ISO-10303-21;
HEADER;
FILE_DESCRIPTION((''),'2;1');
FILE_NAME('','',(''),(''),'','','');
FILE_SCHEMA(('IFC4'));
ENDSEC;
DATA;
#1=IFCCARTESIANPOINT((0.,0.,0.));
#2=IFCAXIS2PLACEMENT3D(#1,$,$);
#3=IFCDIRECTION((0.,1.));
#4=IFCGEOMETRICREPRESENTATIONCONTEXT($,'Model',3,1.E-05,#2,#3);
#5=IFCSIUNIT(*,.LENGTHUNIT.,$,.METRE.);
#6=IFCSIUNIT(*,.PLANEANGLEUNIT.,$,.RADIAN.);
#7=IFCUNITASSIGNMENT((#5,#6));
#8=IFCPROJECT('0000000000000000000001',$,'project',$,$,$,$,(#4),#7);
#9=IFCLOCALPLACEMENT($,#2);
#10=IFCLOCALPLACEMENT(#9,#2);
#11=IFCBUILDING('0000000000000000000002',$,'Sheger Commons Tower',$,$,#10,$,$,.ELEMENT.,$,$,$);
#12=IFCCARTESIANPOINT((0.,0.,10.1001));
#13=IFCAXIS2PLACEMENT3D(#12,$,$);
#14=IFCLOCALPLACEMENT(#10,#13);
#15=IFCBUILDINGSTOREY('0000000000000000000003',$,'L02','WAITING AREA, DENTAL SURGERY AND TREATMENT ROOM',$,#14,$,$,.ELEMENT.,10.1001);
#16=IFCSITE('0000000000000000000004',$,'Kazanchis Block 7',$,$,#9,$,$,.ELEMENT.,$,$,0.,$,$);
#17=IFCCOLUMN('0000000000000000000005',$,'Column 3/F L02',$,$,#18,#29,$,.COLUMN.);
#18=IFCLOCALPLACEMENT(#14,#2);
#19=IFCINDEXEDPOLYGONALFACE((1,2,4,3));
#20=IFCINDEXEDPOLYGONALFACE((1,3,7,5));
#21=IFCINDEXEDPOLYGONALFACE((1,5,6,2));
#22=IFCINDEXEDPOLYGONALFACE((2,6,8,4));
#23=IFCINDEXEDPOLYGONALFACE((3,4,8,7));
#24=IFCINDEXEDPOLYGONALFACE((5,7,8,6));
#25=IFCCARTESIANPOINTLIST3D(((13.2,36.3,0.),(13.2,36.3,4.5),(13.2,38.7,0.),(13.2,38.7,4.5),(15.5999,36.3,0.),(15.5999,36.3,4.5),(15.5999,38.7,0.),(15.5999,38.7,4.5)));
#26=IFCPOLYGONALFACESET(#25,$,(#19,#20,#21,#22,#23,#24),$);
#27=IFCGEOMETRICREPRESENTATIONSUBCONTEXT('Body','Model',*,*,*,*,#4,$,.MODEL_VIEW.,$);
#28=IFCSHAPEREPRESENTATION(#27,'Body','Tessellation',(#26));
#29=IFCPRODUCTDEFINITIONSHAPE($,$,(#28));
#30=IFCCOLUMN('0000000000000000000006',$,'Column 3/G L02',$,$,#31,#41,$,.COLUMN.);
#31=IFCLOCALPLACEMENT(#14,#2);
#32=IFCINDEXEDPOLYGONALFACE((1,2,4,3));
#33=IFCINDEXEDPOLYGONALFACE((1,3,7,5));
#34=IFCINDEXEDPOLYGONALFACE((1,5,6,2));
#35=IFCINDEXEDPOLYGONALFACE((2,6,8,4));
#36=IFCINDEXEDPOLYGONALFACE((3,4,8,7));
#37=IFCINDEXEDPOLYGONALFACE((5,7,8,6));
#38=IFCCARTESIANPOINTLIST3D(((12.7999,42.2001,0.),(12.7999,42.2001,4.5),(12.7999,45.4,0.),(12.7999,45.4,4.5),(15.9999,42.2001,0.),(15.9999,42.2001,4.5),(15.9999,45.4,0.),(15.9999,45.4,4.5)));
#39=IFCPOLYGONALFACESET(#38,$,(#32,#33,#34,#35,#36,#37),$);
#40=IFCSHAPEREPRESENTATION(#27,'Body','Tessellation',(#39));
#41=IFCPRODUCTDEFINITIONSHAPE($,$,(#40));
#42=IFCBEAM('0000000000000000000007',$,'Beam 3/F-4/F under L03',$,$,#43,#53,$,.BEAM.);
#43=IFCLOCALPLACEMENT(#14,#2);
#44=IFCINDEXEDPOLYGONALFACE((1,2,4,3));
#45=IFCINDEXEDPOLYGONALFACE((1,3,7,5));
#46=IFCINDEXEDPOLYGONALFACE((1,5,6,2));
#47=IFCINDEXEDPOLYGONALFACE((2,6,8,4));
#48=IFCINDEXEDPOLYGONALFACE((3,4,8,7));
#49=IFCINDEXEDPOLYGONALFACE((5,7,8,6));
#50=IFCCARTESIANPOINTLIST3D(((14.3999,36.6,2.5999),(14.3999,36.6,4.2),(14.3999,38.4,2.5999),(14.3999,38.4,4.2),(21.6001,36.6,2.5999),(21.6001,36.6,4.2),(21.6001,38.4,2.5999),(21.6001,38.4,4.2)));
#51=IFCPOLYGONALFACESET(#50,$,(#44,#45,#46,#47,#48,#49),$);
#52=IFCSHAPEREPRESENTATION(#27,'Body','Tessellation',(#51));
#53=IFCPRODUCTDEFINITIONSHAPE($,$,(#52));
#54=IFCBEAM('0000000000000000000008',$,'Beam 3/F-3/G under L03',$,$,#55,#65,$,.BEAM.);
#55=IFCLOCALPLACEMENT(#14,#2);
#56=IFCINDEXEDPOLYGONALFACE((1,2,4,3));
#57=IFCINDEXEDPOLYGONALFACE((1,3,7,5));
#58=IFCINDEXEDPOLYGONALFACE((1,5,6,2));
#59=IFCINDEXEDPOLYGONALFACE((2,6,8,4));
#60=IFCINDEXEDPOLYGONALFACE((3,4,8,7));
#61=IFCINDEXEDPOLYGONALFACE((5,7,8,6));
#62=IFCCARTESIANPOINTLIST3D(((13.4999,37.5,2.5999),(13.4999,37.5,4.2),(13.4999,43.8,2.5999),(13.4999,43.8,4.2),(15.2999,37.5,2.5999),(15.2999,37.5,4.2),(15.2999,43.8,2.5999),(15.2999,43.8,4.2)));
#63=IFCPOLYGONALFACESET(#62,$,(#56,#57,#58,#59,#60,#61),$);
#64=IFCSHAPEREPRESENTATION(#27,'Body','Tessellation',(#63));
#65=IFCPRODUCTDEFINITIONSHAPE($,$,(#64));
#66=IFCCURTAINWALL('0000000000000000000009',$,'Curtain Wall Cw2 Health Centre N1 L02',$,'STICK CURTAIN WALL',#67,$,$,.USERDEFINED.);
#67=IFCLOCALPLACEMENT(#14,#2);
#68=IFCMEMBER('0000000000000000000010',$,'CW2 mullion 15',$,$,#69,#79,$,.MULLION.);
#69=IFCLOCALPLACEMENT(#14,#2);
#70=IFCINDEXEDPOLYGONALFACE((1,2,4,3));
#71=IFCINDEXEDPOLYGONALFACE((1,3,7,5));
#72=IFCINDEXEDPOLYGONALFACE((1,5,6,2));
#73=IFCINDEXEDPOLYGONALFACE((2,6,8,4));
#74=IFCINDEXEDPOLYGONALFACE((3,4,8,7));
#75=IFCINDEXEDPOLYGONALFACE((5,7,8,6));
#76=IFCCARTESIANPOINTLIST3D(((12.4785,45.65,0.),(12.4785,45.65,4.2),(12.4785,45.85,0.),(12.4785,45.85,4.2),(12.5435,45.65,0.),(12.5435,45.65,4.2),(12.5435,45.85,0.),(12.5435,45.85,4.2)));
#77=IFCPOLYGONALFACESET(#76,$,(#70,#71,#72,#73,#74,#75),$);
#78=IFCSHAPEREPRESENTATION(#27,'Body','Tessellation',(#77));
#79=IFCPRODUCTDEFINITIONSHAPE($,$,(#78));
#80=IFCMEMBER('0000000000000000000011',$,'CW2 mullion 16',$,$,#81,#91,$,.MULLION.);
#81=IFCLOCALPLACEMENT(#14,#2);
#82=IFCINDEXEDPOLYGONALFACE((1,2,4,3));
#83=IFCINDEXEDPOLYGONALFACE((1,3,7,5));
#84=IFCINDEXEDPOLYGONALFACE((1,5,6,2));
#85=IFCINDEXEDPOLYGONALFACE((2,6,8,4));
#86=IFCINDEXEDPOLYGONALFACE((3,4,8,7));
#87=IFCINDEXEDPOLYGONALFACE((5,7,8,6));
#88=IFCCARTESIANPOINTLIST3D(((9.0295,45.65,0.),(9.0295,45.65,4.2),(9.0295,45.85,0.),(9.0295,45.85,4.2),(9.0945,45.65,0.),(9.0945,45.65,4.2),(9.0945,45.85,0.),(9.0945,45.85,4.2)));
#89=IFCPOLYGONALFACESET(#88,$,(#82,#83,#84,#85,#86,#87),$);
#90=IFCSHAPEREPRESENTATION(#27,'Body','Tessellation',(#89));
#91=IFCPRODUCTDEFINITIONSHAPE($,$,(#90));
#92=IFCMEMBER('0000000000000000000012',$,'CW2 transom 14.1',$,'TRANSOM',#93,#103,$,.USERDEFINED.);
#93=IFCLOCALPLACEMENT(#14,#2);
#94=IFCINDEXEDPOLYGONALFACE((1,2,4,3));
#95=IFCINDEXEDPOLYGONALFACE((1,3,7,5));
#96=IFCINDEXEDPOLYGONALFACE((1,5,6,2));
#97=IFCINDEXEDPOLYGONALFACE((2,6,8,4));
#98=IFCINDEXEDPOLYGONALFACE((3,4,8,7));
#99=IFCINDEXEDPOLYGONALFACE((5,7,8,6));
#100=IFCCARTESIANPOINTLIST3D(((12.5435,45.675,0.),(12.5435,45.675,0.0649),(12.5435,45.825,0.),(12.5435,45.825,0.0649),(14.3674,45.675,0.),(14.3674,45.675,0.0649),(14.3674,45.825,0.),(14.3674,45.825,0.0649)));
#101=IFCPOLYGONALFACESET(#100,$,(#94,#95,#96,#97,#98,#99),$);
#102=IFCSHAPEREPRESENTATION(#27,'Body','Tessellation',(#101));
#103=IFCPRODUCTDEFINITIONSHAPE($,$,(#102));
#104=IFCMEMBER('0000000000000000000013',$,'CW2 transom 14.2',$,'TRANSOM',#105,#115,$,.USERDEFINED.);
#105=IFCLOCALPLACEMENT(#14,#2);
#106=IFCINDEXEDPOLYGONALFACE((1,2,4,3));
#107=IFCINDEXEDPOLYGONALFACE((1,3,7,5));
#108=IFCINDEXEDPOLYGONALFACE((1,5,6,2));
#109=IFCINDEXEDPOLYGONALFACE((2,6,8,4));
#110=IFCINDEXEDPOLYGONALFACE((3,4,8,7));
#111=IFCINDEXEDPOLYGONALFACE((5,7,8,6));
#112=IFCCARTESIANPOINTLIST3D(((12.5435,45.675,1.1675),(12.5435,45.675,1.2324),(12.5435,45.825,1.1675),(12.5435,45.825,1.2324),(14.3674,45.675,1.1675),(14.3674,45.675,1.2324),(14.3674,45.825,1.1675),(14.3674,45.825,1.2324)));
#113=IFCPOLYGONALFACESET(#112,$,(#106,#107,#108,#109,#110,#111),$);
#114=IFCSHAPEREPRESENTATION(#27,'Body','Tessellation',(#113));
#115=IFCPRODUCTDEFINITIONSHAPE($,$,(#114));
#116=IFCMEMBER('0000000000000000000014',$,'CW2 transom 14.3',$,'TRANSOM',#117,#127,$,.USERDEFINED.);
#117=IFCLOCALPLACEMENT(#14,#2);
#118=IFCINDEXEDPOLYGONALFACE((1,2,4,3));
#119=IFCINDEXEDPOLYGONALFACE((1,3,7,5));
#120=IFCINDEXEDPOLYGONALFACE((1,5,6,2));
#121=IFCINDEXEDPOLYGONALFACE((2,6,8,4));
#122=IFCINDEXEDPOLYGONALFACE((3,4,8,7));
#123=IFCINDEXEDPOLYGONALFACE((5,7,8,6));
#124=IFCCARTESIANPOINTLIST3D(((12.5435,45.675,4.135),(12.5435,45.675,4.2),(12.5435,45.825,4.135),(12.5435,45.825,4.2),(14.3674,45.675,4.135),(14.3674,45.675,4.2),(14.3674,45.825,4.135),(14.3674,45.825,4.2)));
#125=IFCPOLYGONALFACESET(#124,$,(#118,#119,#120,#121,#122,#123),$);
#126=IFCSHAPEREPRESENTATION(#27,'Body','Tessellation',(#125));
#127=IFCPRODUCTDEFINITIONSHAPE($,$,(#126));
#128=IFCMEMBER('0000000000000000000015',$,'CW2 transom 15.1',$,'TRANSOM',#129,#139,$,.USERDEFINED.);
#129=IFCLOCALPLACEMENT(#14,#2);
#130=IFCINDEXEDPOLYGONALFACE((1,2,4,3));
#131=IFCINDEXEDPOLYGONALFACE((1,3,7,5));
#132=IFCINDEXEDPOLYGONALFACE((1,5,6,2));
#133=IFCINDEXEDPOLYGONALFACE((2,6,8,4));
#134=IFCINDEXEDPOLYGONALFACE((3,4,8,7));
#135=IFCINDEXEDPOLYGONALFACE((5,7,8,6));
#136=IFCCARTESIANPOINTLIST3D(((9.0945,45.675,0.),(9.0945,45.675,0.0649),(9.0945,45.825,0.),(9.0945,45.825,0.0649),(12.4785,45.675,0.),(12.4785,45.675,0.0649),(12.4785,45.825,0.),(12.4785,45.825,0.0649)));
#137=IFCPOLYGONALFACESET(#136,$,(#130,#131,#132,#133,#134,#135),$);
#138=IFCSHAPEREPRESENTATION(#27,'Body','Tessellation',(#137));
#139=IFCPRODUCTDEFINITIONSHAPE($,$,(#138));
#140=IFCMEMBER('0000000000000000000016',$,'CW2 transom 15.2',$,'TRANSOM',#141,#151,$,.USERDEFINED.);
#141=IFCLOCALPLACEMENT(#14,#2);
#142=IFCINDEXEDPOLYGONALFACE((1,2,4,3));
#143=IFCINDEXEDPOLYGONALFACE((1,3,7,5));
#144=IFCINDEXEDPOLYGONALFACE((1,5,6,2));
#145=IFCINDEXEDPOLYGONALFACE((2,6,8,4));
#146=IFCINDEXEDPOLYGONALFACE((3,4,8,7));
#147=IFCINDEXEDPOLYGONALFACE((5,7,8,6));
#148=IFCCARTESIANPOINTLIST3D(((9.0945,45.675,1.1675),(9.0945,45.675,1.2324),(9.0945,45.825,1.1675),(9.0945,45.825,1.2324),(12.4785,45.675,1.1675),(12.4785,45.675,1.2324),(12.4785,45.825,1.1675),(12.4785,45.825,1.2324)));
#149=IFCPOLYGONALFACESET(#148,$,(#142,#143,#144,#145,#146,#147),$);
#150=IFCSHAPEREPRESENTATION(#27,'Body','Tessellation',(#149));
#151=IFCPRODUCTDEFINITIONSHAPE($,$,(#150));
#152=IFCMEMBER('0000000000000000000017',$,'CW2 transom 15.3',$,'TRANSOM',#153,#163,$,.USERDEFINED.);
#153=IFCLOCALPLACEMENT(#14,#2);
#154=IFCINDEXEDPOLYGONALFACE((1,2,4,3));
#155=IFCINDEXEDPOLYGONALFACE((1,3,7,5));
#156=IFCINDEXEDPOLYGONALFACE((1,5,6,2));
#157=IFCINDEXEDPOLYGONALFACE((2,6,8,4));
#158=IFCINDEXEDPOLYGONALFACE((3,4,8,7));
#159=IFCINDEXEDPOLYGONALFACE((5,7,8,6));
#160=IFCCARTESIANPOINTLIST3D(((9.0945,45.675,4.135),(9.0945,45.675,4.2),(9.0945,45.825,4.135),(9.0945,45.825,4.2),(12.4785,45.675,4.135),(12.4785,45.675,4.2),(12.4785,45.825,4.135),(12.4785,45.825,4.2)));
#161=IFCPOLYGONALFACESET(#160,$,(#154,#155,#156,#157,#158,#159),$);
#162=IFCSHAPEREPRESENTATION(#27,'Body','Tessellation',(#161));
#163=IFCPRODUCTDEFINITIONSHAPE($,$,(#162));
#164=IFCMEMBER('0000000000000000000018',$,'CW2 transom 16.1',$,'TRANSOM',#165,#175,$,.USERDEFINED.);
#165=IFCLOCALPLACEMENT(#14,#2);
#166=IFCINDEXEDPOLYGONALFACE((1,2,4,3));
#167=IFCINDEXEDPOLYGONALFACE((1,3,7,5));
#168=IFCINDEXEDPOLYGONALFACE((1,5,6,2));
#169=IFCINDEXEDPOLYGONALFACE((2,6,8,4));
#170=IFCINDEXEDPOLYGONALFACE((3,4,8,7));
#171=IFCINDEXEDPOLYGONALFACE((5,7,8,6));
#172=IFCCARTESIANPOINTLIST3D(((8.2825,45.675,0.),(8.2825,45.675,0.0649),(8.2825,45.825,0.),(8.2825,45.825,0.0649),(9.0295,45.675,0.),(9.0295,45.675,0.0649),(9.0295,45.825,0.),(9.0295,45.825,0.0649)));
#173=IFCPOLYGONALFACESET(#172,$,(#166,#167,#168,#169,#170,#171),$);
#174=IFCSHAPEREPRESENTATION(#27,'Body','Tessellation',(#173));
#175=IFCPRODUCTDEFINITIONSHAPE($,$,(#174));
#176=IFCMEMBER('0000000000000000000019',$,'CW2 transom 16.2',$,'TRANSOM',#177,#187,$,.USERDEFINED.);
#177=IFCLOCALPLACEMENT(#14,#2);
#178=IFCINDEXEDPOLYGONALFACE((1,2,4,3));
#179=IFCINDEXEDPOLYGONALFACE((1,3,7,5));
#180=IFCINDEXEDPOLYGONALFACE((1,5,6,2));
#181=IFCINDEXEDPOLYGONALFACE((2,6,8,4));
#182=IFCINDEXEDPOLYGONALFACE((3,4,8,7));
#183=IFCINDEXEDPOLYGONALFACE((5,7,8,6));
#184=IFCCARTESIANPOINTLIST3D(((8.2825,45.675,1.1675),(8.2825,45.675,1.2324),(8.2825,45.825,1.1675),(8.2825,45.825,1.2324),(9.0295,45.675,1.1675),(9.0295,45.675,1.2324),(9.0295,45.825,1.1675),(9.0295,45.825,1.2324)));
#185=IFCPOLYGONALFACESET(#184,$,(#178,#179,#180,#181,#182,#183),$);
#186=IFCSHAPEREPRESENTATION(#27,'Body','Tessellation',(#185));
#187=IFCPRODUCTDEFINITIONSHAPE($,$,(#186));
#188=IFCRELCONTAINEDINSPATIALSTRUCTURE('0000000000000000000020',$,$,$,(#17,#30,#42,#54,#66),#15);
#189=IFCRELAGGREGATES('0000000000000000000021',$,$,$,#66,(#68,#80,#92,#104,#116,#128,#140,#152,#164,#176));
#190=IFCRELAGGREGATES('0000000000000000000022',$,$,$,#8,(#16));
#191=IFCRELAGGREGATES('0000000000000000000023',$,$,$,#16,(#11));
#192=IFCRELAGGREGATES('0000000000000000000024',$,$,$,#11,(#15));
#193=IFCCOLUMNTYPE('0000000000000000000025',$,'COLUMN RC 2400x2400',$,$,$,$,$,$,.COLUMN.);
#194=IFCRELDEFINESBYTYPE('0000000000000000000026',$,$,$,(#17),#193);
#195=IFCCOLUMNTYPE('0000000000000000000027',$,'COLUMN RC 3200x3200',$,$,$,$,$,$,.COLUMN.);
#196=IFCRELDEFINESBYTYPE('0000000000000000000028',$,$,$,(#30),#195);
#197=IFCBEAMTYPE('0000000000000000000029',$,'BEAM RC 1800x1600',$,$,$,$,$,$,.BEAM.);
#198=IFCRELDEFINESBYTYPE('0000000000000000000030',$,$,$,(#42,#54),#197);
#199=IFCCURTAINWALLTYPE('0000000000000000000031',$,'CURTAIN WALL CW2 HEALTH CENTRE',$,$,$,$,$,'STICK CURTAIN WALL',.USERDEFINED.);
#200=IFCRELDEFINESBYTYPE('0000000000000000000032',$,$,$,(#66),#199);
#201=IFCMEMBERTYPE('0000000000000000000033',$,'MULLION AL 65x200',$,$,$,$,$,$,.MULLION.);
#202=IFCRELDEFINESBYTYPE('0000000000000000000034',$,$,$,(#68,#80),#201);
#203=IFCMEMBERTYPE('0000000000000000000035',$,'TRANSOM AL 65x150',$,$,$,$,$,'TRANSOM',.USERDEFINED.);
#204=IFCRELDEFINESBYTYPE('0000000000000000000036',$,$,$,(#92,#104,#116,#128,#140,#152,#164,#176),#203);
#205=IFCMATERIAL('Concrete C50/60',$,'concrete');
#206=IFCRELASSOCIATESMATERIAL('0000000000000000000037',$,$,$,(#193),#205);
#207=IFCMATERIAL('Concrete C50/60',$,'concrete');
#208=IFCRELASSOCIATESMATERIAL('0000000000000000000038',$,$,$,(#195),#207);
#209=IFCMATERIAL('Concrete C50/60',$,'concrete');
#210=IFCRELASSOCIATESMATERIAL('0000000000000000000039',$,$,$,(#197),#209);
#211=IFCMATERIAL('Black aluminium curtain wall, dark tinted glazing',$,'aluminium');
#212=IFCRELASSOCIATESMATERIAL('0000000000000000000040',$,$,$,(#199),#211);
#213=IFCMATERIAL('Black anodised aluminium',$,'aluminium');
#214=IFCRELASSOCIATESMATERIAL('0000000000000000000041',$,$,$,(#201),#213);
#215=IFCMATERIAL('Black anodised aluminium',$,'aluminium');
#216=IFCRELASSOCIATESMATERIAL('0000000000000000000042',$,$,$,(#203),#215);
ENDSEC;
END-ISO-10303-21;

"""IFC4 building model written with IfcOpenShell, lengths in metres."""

from ifc_helpers import new_model, si_unit, direction, frame, origin, origin_2d, place, context, subcontext, project, spatial, rectangle, extrude, material, material_profile, profile_set, type_object, element, aggregate, save


model = new_model("IFC4")

# Units and contexts
model_context = context("Model", 3, precision=1e-05, world=origin(), true_north=direction((0.0, 1.0)))
body_context = subcontext(model_context, "Body", "Model", "MODEL_VIEW")
ifc_project = project(units=[si_unit("LENGTHUNIT", "METRE"), si_unit("PLANEANGLEUNIT", "RADIAN")], contexts=[model_context])

# Site, building, storey
site_placement = place(None, origin())
site = spatial("IfcSite", under=ifc_project, at=site_placement, Name="Kazanchis Block 7", CompositionType="ELEMENT", RefElevation=0.0)
building_placement = place(site_placement, origin())
building = spatial("IfcBuilding", under=site, at=building_placement, Name="Sheger Commons Tower", CompositionType="ELEMENT")
storey_placement = place(building_placement, frame((0.0, 0.0, 10.1001)))
storey = spatial("IfcBuildingStorey", under=building, at=storey_placement, Name="L02", Description="WAITING AREA, DENTAL SURGERY AND TREATMENT ROOM", CompositionType="ELEMENT", Elevation=10.1001)

# Columns
ifc_material_1 = material(Name="Concrete C50/60", Category="concrete")
ifc_material_profile_1 = material_profile(ifc_material_1, rectangle(XDim=2.3999, YDim=2.3999, at=origin_2d()), Name="RC 2400x2400")
ifc_profile_set_1 = profile_set([ifc_material_profile_1], Name="Concrete C50/60")
column_type_1 = type_object("IfcColumnType", Name="COLUMN RC 2400x2400", PredefinedType="COLUMN", material=ifc_profile_set_1)
column_1_placement = place(storey_placement, frame((14.3999, 37.5, 0.0), z_axis=(0.0, 0.0, 1.0), x_axis=(1.0, 0.0, 0.0)))
element("IfcColumn", 1, at=column_1_placement, inside=storey, type_object=column_type_1, Name="Column 3/F L02", PredefinedType="COLUMN", context=body_context, shape_type="SweptSolid", body=[
    extrude(rectangle(XDim=2.3999, YDim=2.3999, at=origin_2d()), origin(), (0.0, 0.0, 1.0), 4.5),
])
ifc_material_2 = material(Name="Concrete C50/60", Category="concrete")
ifc_material_profile_2 = material_profile(ifc_material_2, rectangle(XDim=3.2, YDim=3.2, at=origin_2d()), Name="RC 3200x3200")
ifc_profile_set_2 = profile_set([ifc_material_profile_2], Name="Concrete C50/60")
column_type_2 = type_object("IfcColumnType", Name="COLUMN RC 3200x3200", PredefinedType="COLUMN", material=ifc_profile_set_2)
column_2_placement = place(storey_placement, frame((14.3999, 43.8, 0.0), z_axis=(0.0, 0.0, 1.0), x_axis=(1.0, 0.0, 0.0)))
element("IfcColumn", 2, at=column_2_placement, inside=storey, type_object=column_type_2, Name="Column 3/G L02", PredefinedType="COLUMN", context=body_context, shape_type="SweptSolid", body=[
    extrude(rectangle(XDim=3.2, YDim=3.2, at=origin_2d()), origin(), (0.0, 0.0, 1.0), 4.5),
])

# Beams
ifc_material_3 = material(Name="Concrete C50/60", Category="concrete")
ifc_material_profile_3 = material_profile(ifc_material_3, rectangle(XDim=1.8, YDim=1.6001, at=origin_2d()), Name="RC 1800x1600")
ifc_profile_set_3 = profile_set([ifc_material_profile_3], Name="Concrete C50/60")
beam_type = type_object("IfcBeamType", Name="BEAM RC 1800x1600", PredefinedType="BEAM", material=ifc_profile_set_3)
beam_1_placement = place(storey_placement, frame((14.3999, 37.5, 3.3999), z_axis=(1.0, 0.0, 0.0), x_axis=(0.0, 1.0, 0.0)))
element("IfcBeam", 3, at=beam_1_placement, inside=storey, type_object=beam_type, Name="Beam 3/F-4/F under L03", PredefinedType="BEAM", context=body_context, shape_type="SweptSolid", body=[
    extrude(rectangle(XDim=1.8, YDim=1.6001, at=origin_2d()), origin(), (0.0, 0.0, 1.0), 7.2002),
])
beam_2_placement = place(storey_placement, frame((14.3999, 37.5, 3.3999), z_axis=(0.0, 1.0, 0.0), x_axis=(-1.0, 0.0, 0.0)))
element("IfcBeam", 4, at=beam_2_placement, inside=storey, type_object=beam_type, Name="Beam 3/F-3/G under L03", PredefinedType="BEAM", context=body_context, shape_type="SweptSolid", body=[
    extrude(rectangle(XDim=1.8, YDim=1.6001, at=origin_2d()), origin(), (0.0, 0.0, 1.0), 6.3),
])

# Curtain wall, members
ifc_material_4 = material(Name="Black aluminium curtain wall, dark tinted glazing", Category="aluminium")
curtain_wall_type = type_object("IfcCurtainWallType", Name="CURTAIN WALL CW2 HEALTH CENTRE", ElementType="STICK CURTAIN WALL", PredefinedType="USERDEFINED", material=ifc_material_4)
curtain_wall_placement = place(storey_placement, origin())
curtain_wall = element("IfcCurtainWall", 5, at=curtain_wall_placement, inside=storey, type_object=curtain_wall_type, Name="Curtain Wall Cw2 Health Centre N1 L02", ObjectType="STICK CURTAIN WALL", PredefinedType="USERDEFINED")
ifc_material_5 = material(Name="Black anodised aluminium", Category="aluminium")
ifc_material_profile_4 = material_profile(ifc_material_5, rectangle(XDim=0.2, YDim=0.0649, at=origin_2d()), Name="AL 65x200")
ifc_profile_set_4 = profile_set([ifc_material_profile_4], Name="Black anodised aluminium")
member_type_1 = type_object("IfcMemberType", Name="MULLION AL 65x200", PredefinedType="MULLION", material=ifc_profile_set_4)
member_1_placement = place(storey_placement, frame((12.511, 45.75, 0.0), z_axis=(0.0, 0.0, 1.0), x_axis=(0.0, -1.0, 0.0)))
member_1 = element("IfcMember", 6, at=member_1_placement, type_object=member_type_1, Name="CW2 mullion 15", PredefinedType="MULLION", context=body_context, shape_type="SweptSolid", body=[
    extrude(rectangle(XDim=0.2, YDim=0.0649, at=origin_2d()), origin(), (0.0, 0.0, 1.0), 4.2),
])
member_2_placement = place(storey_placement, frame((9.062, 45.75, 0.0), z_axis=(0.0, 0.0, 1.0), x_axis=(0.0, -1.0, 0.0)))
member_2 = element("IfcMember", 7, at=member_2_placement, type_object=member_type_1, Name="CW2 mullion 16", PredefinedType="MULLION", context=body_context, shape_type="SweptSolid", body=[
    extrude(rectangle(XDim=0.2, YDim=0.0649, at=origin_2d()), origin(), (0.0, 0.0, 1.0), 4.2),
])
ifc_material_6 = material(Name="Black anodised aluminium", Category="aluminium")
ifc_material_profile_5 = material_profile(ifc_material_6, rectangle(XDim=0.1499, YDim=0.0649, at=origin_2d()), Name="AL 65x150")
ifc_profile_set_5 = profile_set([ifc_material_profile_5], Name="Black anodised aluminium")
member_type_2 = type_object("IfcMemberType", Name="TRANSOM AL 65x150", ElementType="TRANSOM", PredefinedType="USERDEFINED", material=ifc_profile_set_5)
member_3_placement = place(storey_placement, frame((14.3674, 45.75, 0.0325), z_axis=(-1.0, 0.0, 0.0), x_axis=(0.0, -1.0, 0.0)))
member_3 = element("IfcMember", 8, at=member_3_placement, type_object=member_type_2, Name="CW2 transom 14.1", ObjectType="TRANSOM", PredefinedType="USERDEFINED", context=body_context, shape_type="SweptSolid", body=[
    extrude(rectangle(XDim=0.1499, YDim=0.0649, at=origin_2d()), origin(), (0.0, 0.0, 1.0), 1.824),
])
member_4_placement = place(storey_placement, frame((14.3674, 45.75, 1.2), z_axis=(-1.0, 0.0, 0.0), x_axis=(0.0, -1.0, 0.0)))
member_4 = element("IfcMember", 9, at=member_4_placement, type_object=member_type_2, Name="CW2 transom 14.2", ObjectType="TRANSOM", PredefinedType="USERDEFINED", context=body_context, shape_type="SweptSolid", body=[
    extrude(rectangle(XDim=0.1499, YDim=0.0649, at=origin_2d()), origin(), (0.0, 0.0, 1.0), 1.824),
])
member_5_placement = place(storey_placement, frame((14.3674, 45.75, 4.1675), z_axis=(-1.0, 0.0, 0.0), x_axis=(0.0, -1.0, 0.0)))
member_5 = element("IfcMember", 10, at=member_5_placement, type_object=member_type_2, Name="CW2 transom 14.3", ObjectType="TRANSOM", PredefinedType="USERDEFINED", context=body_context, shape_type="SweptSolid", body=[
    extrude(rectangle(XDim=0.1499, YDim=0.0649, at=origin_2d()), origin(), (0.0, 0.0, 1.0), 1.824),
])
member_6_placement = place(storey_placement, frame((12.4785, 45.75, 0.0325), z_axis=(-1.0, 0.0, 0.0), x_axis=(0.0, -1.0, 0.0)))
member_6 = element("IfcMember", 11, at=member_6_placement, type_object=member_type_2, Name="CW2 transom 15.1", ObjectType="TRANSOM", PredefinedType="USERDEFINED", context=body_context, shape_type="SweptSolid", body=[
    extrude(rectangle(XDim=0.1499, YDim=0.0649, at=origin_2d()), origin(), (0.0, 0.0, 1.0), 3.384),
])
member_7_placement = place(storey_placement, frame((12.4785, 45.75, 1.2), z_axis=(-1.0, 0.0, 0.0), x_axis=(0.0, -1.0, 0.0)))
member_7 = element("IfcMember", 12, at=member_7_placement, type_object=member_type_2, Name="CW2 transom 15.2", ObjectType="TRANSOM", PredefinedType="USERDEFINED", context=body_context, shape_type="SweptSolid", body=[
    extrude(rectangle(XDim=0.1499, YDim=0.0649, at=origin_2d()), origin(), (0.0, 0.0, 1.0), 3.384),
])
member_8_placement = place(storey_placement, frame((12.4785, 45.75, 4.1675), z_axis=(-1.0, 0.0, 0.0), x_axis=(0.0, -1.0, 0.0)))
member_8 = element("IfcMember", 13, at=member_8_placement, type_object=member_type_2, Name="CW2 transom 15.3", ObjectType="TRANSOM", PredefinedType="USERDEFINED", context=body_context, shape_type="SweptSolid", body=[
    extrude(rectangle(XDim=0.1499, YDim=0.0649, at=origin_2d()), origin(), (0.0, 0.0, 1.0), 3.384),
])
member_9_placement = place(storey_placement, frame((9.0295, 45.75, 0.0325), z_axis=(-1.0, 0.0, 0.0), x_axis=(0.0, -1.0, 0.0)))
member_9 = element("IfcMember", 14, at=member_9_placement, type_object=member_type_2, Name="CW2 transom 16.1", ObjectType="TRANSOM", PredefinedType="USERDEFINED", context=body_context, shape_type="SweptSolid", body=[
    extrude(rectangle(XDim=0.1499, YDim=0.0649, at=origin_2d()), origin(), (0.0, 0.0, 1.0), 0.7471),
])
member_10_placement = place(storey_placement, frame((9.0295, 45.75, 1.2), z_axis=(-1.0, 0.0, 0.0), x_axis=(0.0, -1.0, 0.0)))
member_10 = element("IfcMember", 15, at=member_10_placement, type_object=member_type_2, Name="CW2 transom 16.2", ObjectType="TRANSOM", PredefinedType="USERDEFINED", context=body_context, shape_type="SweptSolid", body=[
    extrude(rectangle(XDim=0.1499, YDim=0.0649, at=origin_2d()), origin(), (0.0, 0.0, 1.0), 0.7471),
])
aggregate(curtain_wall, [member_1, member_2, member_3, member_4, member_5, member_6, member_7, member_8, member_9, member_10])

save(model, "model.ifc")
